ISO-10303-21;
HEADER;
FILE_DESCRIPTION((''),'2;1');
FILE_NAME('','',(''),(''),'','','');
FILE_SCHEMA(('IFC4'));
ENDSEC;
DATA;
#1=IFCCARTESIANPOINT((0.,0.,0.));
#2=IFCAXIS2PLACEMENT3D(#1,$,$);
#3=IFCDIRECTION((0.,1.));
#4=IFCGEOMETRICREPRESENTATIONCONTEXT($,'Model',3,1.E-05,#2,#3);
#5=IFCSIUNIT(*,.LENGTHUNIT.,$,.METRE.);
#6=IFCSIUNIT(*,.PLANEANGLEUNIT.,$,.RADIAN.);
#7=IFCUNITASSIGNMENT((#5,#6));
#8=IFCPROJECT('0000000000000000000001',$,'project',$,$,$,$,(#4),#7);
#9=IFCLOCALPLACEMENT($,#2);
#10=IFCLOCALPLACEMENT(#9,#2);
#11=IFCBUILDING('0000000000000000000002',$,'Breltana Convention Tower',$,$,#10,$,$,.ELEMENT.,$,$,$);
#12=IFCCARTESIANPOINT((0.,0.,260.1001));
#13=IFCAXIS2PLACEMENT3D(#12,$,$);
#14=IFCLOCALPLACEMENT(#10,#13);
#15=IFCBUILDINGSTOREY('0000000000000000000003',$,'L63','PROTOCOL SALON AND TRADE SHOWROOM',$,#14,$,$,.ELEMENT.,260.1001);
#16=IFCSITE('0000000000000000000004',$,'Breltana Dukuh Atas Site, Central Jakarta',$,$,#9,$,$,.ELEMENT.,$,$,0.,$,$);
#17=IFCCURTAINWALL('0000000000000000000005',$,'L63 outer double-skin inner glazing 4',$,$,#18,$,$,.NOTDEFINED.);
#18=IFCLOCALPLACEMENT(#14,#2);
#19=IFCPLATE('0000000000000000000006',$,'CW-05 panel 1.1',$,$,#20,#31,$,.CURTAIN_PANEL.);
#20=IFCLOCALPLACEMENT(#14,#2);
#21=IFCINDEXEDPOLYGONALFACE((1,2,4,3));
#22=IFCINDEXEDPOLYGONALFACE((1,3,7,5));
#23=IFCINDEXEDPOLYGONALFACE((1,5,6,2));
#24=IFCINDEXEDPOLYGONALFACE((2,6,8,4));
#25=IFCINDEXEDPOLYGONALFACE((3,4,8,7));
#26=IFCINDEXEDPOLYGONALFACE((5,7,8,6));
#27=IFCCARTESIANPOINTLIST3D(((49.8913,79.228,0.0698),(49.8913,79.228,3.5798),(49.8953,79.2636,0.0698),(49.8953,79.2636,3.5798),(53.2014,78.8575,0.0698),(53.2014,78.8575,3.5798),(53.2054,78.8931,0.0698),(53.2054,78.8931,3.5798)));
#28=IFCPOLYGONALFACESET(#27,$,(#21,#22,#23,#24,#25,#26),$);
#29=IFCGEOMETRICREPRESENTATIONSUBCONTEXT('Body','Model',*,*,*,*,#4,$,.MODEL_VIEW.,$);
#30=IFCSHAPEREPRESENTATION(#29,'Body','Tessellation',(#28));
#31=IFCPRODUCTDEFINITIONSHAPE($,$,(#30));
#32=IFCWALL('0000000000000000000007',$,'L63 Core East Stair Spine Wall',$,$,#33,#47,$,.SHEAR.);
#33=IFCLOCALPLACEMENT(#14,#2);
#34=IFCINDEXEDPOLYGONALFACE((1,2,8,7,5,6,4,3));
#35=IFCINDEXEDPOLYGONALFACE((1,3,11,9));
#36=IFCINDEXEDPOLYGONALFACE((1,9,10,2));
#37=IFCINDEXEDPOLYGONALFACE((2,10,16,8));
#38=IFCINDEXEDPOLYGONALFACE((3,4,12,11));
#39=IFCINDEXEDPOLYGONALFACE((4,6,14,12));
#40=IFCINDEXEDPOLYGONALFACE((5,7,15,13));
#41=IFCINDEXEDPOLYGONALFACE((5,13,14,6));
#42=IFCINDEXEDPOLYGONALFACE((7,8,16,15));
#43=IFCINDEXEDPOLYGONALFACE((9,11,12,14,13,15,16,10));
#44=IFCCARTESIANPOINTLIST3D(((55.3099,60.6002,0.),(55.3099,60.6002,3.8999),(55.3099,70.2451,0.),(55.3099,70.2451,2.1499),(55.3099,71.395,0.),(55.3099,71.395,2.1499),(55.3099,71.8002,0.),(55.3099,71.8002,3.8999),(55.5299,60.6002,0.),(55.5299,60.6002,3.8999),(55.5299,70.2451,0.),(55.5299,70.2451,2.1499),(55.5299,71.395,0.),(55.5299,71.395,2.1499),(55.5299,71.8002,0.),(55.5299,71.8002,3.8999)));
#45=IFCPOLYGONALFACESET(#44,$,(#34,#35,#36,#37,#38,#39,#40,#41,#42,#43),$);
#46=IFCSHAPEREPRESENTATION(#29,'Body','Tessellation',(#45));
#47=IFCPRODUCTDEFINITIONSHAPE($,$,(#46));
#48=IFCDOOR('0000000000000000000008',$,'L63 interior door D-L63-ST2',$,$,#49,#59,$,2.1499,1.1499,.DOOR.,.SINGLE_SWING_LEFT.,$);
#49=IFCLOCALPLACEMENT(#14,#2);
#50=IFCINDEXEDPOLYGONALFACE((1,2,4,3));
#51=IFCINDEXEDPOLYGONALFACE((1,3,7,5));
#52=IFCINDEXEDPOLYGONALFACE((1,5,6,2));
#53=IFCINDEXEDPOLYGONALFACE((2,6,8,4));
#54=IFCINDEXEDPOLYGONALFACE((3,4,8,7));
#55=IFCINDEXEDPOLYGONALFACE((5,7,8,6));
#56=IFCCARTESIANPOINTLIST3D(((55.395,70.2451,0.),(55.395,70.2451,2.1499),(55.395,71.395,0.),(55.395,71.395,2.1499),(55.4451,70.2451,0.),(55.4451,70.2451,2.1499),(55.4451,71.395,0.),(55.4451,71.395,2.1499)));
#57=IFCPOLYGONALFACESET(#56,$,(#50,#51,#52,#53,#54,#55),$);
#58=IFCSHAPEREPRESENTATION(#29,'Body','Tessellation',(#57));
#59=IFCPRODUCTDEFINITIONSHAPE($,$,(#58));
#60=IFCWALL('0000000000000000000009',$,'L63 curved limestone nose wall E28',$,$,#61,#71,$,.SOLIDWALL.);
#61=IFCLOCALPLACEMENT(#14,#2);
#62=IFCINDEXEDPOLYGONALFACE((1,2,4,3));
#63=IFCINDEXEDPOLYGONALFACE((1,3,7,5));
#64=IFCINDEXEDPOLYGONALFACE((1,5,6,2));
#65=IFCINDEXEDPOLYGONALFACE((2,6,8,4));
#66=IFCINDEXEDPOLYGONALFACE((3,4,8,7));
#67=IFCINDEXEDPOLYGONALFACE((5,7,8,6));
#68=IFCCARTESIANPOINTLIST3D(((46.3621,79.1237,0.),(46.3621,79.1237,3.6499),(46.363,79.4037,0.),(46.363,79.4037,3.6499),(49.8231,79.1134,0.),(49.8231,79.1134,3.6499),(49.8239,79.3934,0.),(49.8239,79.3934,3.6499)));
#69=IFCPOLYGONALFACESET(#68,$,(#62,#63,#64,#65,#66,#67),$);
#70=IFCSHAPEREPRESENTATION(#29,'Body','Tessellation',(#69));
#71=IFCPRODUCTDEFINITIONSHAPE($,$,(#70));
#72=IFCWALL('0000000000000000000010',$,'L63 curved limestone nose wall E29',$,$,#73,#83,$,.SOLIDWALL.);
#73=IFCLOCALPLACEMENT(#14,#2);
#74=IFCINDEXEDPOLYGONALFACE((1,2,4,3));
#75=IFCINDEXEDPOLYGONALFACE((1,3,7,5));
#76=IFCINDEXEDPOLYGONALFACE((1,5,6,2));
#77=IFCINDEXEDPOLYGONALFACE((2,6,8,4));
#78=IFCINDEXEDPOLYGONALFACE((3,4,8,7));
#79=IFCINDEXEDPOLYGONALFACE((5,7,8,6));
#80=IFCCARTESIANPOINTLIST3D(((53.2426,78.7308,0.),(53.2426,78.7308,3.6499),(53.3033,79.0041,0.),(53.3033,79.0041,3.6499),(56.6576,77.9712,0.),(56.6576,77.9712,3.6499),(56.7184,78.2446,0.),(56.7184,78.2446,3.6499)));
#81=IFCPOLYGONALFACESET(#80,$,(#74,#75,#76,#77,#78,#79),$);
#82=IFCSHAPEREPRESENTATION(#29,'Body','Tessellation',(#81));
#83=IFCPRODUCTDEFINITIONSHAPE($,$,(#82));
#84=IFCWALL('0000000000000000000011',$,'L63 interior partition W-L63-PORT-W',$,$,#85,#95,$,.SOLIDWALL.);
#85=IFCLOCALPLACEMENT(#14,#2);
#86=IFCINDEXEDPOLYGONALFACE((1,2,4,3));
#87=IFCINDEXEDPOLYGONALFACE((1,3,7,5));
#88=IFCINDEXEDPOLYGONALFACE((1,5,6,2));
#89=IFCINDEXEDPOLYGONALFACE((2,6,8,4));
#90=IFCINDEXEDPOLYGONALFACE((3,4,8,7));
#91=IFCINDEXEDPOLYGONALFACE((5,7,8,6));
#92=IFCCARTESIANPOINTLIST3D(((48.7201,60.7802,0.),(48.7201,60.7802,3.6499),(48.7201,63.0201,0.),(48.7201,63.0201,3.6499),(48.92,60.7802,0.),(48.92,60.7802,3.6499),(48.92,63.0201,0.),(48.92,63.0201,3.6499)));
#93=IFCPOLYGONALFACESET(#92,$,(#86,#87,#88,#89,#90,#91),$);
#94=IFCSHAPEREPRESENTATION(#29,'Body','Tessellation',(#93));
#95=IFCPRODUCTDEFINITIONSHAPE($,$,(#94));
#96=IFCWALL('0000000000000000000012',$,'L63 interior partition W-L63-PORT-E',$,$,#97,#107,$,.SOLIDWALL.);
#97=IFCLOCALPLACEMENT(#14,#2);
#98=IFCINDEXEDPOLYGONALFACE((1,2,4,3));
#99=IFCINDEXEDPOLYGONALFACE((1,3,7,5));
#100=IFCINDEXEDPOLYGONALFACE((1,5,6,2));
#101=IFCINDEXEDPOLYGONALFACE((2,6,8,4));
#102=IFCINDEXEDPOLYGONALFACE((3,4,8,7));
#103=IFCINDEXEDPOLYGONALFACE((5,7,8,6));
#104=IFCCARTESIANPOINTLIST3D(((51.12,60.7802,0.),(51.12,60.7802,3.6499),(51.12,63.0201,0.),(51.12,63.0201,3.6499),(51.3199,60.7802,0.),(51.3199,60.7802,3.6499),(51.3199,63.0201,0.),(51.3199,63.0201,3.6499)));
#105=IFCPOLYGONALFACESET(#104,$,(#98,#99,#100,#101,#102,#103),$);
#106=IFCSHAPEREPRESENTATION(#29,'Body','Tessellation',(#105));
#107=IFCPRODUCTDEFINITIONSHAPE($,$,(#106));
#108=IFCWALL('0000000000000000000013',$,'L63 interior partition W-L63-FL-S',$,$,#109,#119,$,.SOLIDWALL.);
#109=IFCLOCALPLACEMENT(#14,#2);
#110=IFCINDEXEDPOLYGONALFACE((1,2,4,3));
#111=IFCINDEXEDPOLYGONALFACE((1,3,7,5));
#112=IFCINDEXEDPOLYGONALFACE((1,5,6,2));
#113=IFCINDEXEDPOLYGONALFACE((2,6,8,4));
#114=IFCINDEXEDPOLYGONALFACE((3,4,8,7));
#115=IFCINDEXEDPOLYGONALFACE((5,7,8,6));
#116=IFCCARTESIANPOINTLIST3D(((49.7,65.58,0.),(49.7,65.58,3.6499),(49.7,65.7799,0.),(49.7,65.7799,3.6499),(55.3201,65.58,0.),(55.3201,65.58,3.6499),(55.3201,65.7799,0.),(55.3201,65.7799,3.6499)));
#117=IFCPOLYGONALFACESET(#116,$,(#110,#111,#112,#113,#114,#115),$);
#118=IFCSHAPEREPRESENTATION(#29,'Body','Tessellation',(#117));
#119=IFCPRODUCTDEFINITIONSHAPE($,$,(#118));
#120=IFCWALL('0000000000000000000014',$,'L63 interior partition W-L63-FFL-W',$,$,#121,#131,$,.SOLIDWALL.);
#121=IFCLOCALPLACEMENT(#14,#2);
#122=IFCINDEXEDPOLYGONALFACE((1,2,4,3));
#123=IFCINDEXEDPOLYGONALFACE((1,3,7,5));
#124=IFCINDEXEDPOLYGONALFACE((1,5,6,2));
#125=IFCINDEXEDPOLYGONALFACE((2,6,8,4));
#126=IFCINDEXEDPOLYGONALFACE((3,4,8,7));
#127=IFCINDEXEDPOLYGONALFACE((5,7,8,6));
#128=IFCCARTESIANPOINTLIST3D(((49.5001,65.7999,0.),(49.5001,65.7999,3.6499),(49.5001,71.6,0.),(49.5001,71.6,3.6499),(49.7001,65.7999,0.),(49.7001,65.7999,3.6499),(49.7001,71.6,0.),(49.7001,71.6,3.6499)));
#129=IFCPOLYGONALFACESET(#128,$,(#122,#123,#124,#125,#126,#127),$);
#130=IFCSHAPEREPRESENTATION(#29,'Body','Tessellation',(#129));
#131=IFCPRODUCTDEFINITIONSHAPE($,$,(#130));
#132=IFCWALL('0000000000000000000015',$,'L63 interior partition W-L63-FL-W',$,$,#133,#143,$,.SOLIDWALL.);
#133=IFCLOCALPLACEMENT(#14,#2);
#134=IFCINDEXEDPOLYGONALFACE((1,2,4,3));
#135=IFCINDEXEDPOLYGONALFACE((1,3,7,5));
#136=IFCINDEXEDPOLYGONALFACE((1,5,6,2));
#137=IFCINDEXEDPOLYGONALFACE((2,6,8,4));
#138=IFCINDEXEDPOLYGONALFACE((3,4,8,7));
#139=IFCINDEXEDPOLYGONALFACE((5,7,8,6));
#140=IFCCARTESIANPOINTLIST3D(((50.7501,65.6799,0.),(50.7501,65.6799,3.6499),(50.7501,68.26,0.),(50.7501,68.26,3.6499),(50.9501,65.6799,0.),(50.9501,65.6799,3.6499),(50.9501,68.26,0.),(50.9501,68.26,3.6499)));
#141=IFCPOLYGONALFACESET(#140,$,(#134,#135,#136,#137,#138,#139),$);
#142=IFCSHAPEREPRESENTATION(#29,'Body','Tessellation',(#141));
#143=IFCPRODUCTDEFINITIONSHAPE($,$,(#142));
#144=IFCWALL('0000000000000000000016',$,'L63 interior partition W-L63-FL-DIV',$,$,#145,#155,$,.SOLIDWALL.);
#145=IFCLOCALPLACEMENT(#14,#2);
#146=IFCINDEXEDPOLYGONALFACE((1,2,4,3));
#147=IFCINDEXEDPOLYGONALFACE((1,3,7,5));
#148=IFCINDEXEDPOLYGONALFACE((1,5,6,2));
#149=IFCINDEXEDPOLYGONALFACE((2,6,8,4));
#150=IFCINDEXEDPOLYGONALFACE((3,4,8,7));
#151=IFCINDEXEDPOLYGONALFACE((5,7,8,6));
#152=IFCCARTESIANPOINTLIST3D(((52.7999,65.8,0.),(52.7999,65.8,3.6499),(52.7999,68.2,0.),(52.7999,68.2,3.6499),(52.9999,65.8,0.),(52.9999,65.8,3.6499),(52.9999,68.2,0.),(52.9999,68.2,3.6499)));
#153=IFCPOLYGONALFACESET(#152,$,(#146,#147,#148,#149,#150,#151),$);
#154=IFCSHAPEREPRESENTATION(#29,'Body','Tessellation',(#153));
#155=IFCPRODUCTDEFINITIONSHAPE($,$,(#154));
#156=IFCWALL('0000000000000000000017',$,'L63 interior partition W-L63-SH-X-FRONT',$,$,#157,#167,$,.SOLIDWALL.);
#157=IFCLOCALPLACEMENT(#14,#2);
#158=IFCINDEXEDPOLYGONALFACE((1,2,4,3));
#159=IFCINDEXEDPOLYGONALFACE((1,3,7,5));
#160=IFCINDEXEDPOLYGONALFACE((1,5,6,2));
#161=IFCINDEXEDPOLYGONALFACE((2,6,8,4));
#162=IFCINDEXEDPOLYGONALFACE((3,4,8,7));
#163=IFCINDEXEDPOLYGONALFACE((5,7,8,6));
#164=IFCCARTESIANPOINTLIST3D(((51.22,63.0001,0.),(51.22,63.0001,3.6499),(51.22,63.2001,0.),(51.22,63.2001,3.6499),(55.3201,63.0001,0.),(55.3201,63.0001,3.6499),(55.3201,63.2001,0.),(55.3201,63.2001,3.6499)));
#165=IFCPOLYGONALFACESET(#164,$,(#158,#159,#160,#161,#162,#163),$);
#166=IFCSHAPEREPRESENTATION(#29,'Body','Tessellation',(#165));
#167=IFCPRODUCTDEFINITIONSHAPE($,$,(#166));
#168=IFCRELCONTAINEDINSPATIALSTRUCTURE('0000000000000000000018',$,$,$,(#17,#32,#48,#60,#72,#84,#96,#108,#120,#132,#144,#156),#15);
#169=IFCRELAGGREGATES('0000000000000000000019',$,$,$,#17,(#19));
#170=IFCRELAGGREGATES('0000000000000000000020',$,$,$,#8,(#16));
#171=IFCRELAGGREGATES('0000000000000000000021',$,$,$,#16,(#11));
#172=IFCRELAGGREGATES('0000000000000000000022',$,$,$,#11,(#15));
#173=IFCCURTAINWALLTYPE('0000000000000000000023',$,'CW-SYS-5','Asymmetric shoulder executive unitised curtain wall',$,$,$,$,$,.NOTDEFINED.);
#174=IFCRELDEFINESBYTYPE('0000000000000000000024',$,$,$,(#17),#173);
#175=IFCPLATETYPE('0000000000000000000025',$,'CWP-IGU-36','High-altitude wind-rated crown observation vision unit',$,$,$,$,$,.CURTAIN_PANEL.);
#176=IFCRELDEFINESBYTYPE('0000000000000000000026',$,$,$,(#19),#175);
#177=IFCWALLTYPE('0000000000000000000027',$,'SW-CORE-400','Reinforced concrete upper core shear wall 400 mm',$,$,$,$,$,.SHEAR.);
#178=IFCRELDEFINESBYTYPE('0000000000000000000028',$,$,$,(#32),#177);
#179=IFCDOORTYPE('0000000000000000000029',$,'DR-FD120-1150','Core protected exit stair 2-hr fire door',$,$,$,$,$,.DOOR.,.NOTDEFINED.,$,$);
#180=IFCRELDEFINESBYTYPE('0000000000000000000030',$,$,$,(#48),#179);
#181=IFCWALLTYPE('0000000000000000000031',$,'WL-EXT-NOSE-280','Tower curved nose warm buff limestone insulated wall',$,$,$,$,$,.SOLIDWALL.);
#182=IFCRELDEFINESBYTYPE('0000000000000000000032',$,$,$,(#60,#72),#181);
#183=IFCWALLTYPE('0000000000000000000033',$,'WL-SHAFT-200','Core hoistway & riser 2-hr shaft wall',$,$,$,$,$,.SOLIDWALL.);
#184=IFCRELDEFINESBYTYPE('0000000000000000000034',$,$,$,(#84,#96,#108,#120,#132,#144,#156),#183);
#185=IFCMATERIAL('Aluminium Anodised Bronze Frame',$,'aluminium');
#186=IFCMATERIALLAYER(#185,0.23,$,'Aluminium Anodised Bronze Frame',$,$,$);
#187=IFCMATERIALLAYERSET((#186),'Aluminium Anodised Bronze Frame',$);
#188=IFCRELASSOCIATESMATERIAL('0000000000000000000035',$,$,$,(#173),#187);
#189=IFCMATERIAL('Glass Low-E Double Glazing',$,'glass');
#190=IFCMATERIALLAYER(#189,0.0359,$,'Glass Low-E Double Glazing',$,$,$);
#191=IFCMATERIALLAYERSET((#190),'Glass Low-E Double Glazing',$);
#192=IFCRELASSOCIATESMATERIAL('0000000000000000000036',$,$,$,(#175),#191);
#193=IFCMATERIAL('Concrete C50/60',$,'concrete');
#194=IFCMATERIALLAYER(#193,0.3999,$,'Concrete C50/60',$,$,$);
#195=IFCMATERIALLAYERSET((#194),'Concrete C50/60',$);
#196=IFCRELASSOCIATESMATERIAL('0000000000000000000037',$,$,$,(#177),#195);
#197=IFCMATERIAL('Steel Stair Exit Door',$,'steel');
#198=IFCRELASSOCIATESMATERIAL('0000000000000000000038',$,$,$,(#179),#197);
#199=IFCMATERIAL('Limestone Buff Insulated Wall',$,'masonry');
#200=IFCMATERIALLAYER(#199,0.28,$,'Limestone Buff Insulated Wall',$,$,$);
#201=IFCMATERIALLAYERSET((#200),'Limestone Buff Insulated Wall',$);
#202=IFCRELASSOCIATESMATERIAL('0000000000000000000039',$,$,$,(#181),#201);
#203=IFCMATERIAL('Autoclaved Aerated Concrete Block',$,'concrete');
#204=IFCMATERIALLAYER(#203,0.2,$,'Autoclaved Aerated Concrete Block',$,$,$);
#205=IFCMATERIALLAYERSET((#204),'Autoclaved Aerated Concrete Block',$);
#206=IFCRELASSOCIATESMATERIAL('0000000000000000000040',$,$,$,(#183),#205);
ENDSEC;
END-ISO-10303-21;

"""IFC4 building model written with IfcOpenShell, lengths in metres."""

from ifc_helpers import new_model, si_unit, direction, frame, frame_2d, origin, origin_2d, place, context, subcontext, project, spatial, rectangle, extrude, source, transform, mapped, material, layer, layer_set, type_object, type_shapes, element, fill, aggregate, save


model = new_model("IFC4")

# Units and contexts
model_context = context("Model", 3, precision=1e-05, world=origin(), true_north=direction((0.0, 1.0)))
body_context = subcontext(model_context, "Body", "Model", "MODEL_VIEW")
ifc_project = project(units=[si_unit("LENGTHUNIT", "METRE"), si_unit("PLANEANGLEUNIT", "RADIAN")], contexts=[model_context])

# Site, building, storey
site_placement = place(None, origin())
site = spatial("IfcSite", under=ifc_project, at=site_placement, Name="Breltana Dukuh Atas Site, Central Jakarta", CompositionType="ELEMENT", RefElevation=0.0)
building_placement = place(site_placement, origin())
building = spatial("IfcBuilding", under=site, at=building_placement, Name="Breltana Convention Tower", CompositionType="ELEMENT")
storey_placement = place(building_placement, frame((0.0, 0.0, 260.1001)))
storey = spatial("IfcBuildingStorey", under=building, at=storey_placement, Name="L63", Description="PROTOCOL SALON AND TRADE SHOWROOM", CompositionType="ELEMENT", Elevation=260.1001)

# Shared definitions
ifc_material_1 = material(Name="Concrete C50/60", Category="concrete")

# Curtain wall, plate
ifc_material_2 = material(Name="Aluminium Anodised Bronze Frame", Category="aluminium")
ifc_layer_1 = layer(ifc_material_2, 0.23, Name="Aluminium Anodised Bronze Frame")
ifc_layer_set_1 = layer_set([ifc_layer_1], Name="Aluminium Anodised Bronze Frame")
curtain_wall_type = type_object("IfcCurtainWallType", Name="CW-SYS-5", Description="Asymmetric shoulder executive unitised curtain wall", PredefinedType="NOTDEFINED", material=ifc_layer_set_1)
curtain_wall_placement = place(storey_placement, origin())
curtain_wall = element("IfcCurtainWall", 1, at=curtain_wall_placement, inside=storey, type_object=curtain_wall_type, Name="L63 outer double-skin inner glazing 4", PredefinedType="NOTDEFINED")
ifc_material_3 = material(Name="Glass Low-E Double Glazing", Category="glass")
ifc_layer_2 = layer(ifc_material_3, 0.0359, Name="Glass Low-E Double Glazing")
ifc_layer_set_2 = layer_set([ifc_layer_2], Name="Glass Low-E Double Glazing")
plate_type = type_object("IfcPlateType", Name="CWP-IGU-36", Description="High-altitude wind-rated crown observation vision unit", PredefinedType="CURTAIN_PANEL", material=ifc_layer_set_2)
shared_shape_1 = source(origin(), body_context, "Body", "SweptSolid", [
    extrude(rectangle(XDim=3.3308, YDim=0.0359, at=origin_2d()), origin(), (0.0, 0.0, 1.0), 3.51),
])
plate_placement = place(storey_placement, frame((51.5483, 79.0605, 0.0698), z_axis=(0.0, 0.0, 1.0), x_axis=(0.993793, -0.111241, 0.0)))
plate = element("IfcPlate", 2, at=plate_placement, type_object=plate_type, Name="CW-05 panel 1.1", PredefinedType="CURTAIN_PANEL", context=body_context, shape_type="MappedRepresentation", body=[
    mapped(shared_shape_1, transform((0.0, 0.0, 0.0), scale=1.0)),
])
aggregate(curtain_wall, [plate])

# Wall, opening, door
ifc_layer_3 = layer(ifc_material_1, 0.3999, Name="Concrete C50/60")
ifc_layer_set_3 = layer_set([ifc_layer_3], Name="Concrete C50/60")
wall_type_1 = type_object("IfcWallType", Name="SW-CORE-400", Description="Reinforced concrete upper core shear wall 400 mm", PredefinedType="SHEAR", material=ifc_layer_set_3)
shared_shape_2 = source(origin(), body_context, "Body", "SweptSolid", [
    extrude(rectangle(XDim=11.2, YDim=0.22, at=frame_2d((5.6001, 0.0))), origin(), (0.0, 0.0, 1.0), 3.8999),
])
wall_1_placement = place(storey_placement, frame((55.4199, 60.6001, 0.0), z_axis=(0.0, 0.0, 1.0), x_axis=(0.0, 1.0, 0.0)))
wall_1 = element("IfcWall", 3, at=wall_1_placement, inside=storey, type_object=wall_type_1, Name="L63 Core East Stair Spine Wall", PredefinedType="SHEAR", context=body_context, shape_type="MappedRepresentation", body=[
    mapped(shared_shape_2, transform((0.0, 0.0, 0.0), scale=1.0)),
])
opening_1_placement = place(wall_1_placement, frame((9.645, 0.0, 0.0)))
opening_1 = element("IfcOpeningElement", 4, at=opening_1_placement, cuts=wall_1, PredefinedType="OPENING", context=body_context, shape_type="SweptSolid", body=[
    extrude(rectangle(XDim=1.1499, YDim=2.1499, at=frame_2d((0.575, 1.075))), frame((0.0, 0.1201, 0.0), z_axis=(0.0, -1.0, 0.0), x_axis=(1.0, 0.0, 0.0)), (0.0, 0.0, 1.0), 0.24),
])
ifc_material_4 = material(Name="Steel Stair Exit Door", Category="steel")
door_type_1 = type_object("IfcDoorType", Name="DR-FD120-1150", Description="Core protected exit stair 2-hr fire door", OperationType="NOTDEFINED", PredefinedType="DOOR", material=ifc_material_4)
shared_shape_3 = source(origin(), body_context, "Body", "SweptSolid", [
    extrude(rectangle(XDim=1.1499, YDim=2.1499, at=frame_2d((0.575, 1.075))), frame((0.0, 0.0249, 0.0), z_axis=(0.0, -1.0, 0.0), x_axis=(1.0, 0.0, 0.0)), (0.0, 0.0, 1.0), 0.05),
])
type_shapes(door_type_1, [shared_shape_3])
door_1_placement = place(opening_1_placement, origin())
door_1 = element("IfcDoor", 5, at=door_1_placement, inside=storey, type_object=door_type_1, Name="L63 interior door D-L63-ST2", OperationType="SINGLE_SWING_LEFT", OverallHeight=2.1499, OverallWidth=1.1499, PredefinedType="DOOR", context=body_context, shape_type="MappedRepresentation", body=[
    mapped(shared_shape_3, transform((0.0, 0.0, 0.0), scale=1.0)),
])
fill(opening_1, door_1)

# Walls
ifc_material_5 = material(Name="Limestone Buff Insulated Wall", Category="masonry")
ifc_layer_4 = layer(ifc_material_5, 0.28, Name="Limestone Buff Insulated Wall")
ifc_layer_set_4 = layer_set([ifc_layer_4], Name="Limestone Buff Insulated Wall")
wall_type_2 = type_object("IfcWallType", Name="WL-EXT-NOSE-280", Description="Tower curved nose warm buff limestone insulated wall", PredefinedType="SOLIDWALL", material=ifc_layer_set_4)
shared_shape_4 = source(origin(), body_context, "Body", "SweptSolid", [
    extrude(rectangle(XDim=3.4609, YDim=0.28, at=frame_2d((1.7305, 0.0))), origin(), (0.0, 0.0, 1.0), 3.6499),
])
wall_2_placement = place(storey_placement, frame((46.3625, 79.2637, 0.0), z_axis=(0.0, 0.0, 1.0), x_axis=(0.999996, -0.002963, 0.0)))
element("IfcWall", 6, at=wall_2_placement, inside=storey, type_object=wall_type_2, Name="L63 curved limestone nose wall E28", PredefinedType="SOLIDWALL", context=body_context, shape_type="MappedRepresentation", body=[
    mapped(shared_shape_4, transform((0.0, 0.0, 0.0), scale=1.0)),
])
shared_shape_5 = source(origin(), body_context, "Body", "SweptSolid", [
    extrude(rectangle(XDim=3.4985, YDim=0.28, at=frame_2d((1.7493, 0.0))), origin(), (0.0, 0.0, 1.0), 3.6499),
])
wall_3_placement = place(storey_placement, frame((53.2729, 78.8674, 0.0), z_axis=(0.0, 0.0, 1.0), x_axis=(0.976149, -0.2171, 0.0)))
element("IfcWall", 7, at=wall_3_placement, inside=storey, type_object=wall_type_2, Name="L63 curved limestone nose wall E29", PredefinedType="SOLIDWALL", context=body_context, shape_type="MappedRepresentation", body=[
    mapped(shared_shape_5, transform((0.0, 0.0, 0.0), scale=1.0)),
])
ifc_material_6 = material(Name="Autoclaved Aerated Concrete Block", Category="concrete")
ifc_layer_5 = layer(ifc_material_6, 0.2, Name="Autoclaved Aerated Concrete Block")
ifc_layer_set_5 = layer_set([ifc_layer_5], Name="Autoclaved Aerated Concrete Block")
wall_type_3 = type_object("IfcWallType", Name="WL-SHAFT-200", Description="Core hoistway & riser 2-hr shaft wall", PredefinedType="SOLIDWALL", material=ifc_layer_set_5)
shared_shape_6 = source(origin(), body_context, "Body", "SweptSolid", [
    extrude(rectangle(XDim=2.24, YDim=0.2, at=frame_2d((1.1201, 0.0))), origin(), (0.0, 0.0, 1.0), 3.6499),
])
for number, where, z_axis, x_axis, name in (
    (8, (48.8201, 60.78, 0.0), (0.0, 0.0, 1.0), (0.0, 1.0, 0.0), "L63 interior partition W-L63-PORT-W"),
    (9, (51.22, 60.78, 0.0), (0.0, 0.0, 1.0), (0.0, 1.0, 0.0), "L63 interior partition W-L63-PORT-E"),
):
    element("IfcWall", number, at=place(storey_placement, frame(where, z_axis=z_axis, x_axis=x_axis)), inside=storey, type_object=wall_type_3, Name=name, PredefinedType="SOLIDWALL", context=body_context, shape_type="MappedRepresentation", body=[
        mapped(shared_shape_6, transform((0.0, 0.0, 0.0), scale=1.0)),
    ])

# Shared definitions
shared_shape_7 = source(origin(), body_context, "Body", "SweptSolid", [
    extrude(rectangle(XDim=5.6201, YDim=0.2, at=frame_2d((2.8101, 0.0))), origin(), (0.0, 0.0, 1.0), 3.6499),
])

# Walls
wall_4_placement = place(storey_placement, frame((49.7, 65.6799, 0.0), z_axis=(0.0, 0.0, 1.0), x_axis=(1.0, 0.0, 0.0)))
element("IfcWall", 10, at=wall_4_placement, inside=storey, type_object=wall_type_3, Name="L63 interior partition W-L63-FL-S", PredefinedType="SOLIDWALL", context=body_context, shape_type="MappedRepresentation", body=[
    mapped(shared_shape_7, transform((0.0, 0.0, 0.0), scale=1.0)),
])
shared_shape_8 = source(origin(), body_context, "Body", "SweptSolid", [
    extrude(rectangle(XDim=5.8, YDim=0.2, at=frame_2d((2.8999, 0.0))), origin(), (0.0, 0.0, 1.0), 3.6499),
])
wall_5_placement = place(storey_placement, frame((49.6001, 65.8, 0.0), z_axis=(0.0, 0.0, 1.0), x_axis=(0.0, 1.0, 0.0)))
element("IfcWall", 11, at=wall_5_placement, inside=storey, type_object=wall_type_3, Name="L63 interior partition W-L63-FFL-W", PredefinedType="SOLIDWALL", context=body_context, shape_type="MappedRepresentation", body=[
    mapped(shared_shape_8, transform((0.0, 0.0, 0.0), scale=1.0)),
])
shared_shape_9 = source(origin(), body_context, "Body", "SweptSolid", [
    extrude(rectangle(XDim=2.5801, YDim=0.2, at=frame_2d((1.29, 0.0))), origin(), (0.0, 0.0, 1.0), 3.6499),
])
wall_6_placement = place(storey_placement, frame((50.8501, 65.6799, 0.0), z_axis=(0.0, 0.0, 1.0), x_axis=(0.0, 1.0, 0.0)))
element("IfcWall", 12, at=wall_6_placement, inside=storey, type_object=wall_type_3, Name="L63 interior partition W-L63-FL-W", PredefinedType="SOLIDWALL", context=body_context, shape_type="MappedRepresentation", body=[
    mapped(shared_shape_9, transform((0.0, 0.0, 0.0), scale=1.0)),
])
shared_shape_10 = source(origin(), body_context, "Body", "SweptSolid", [
    extrude(rectangle(XDim=2.3999, YDim=0.2, at=frame_2d((1.2, 0.0))), origin(), (0.0, 0.0, 1.0), 3.6499),
])
wall_7_placement = place(storey_placement, frame((52.8999, 65.8, 0.0), z_axis=(0.0, 0.0, 1.0), x_axis=(0.0, 1.0, 0.0)))
element("IfcWall", 13, at=wall_7_placement, inside=storey, type_object=wall_type_3, Name="L63 interior partition W-L63-FL-DIV", PredefinedType="SOLIDWALL", context=body_context, shape_type="MappedRepresentation", body=[
    mapped(shared_shape_10, transform((0.0, 0.0, 0.0), scale=1.0)),
])
shared_shape_11 = source(origin(), body_context, "Body", "SweptSolid", [
    extrude(rectangle(XDim=4.1001, YDim=0.2, at=frame_2d((2.05, 0.0))), origin(), (0.0, 0.0, 1.0), 3.6499),
])
wall_8_placement = place(storey_placement, frame((51.22, 63.1001, 0.0), z_axis=(0.0, 0.0, 1.0), x_axis=(1.0, 0.0, 0.0)))
element("IfcWall", 14, at=wall_8_placement, inside=storey, type_object=wall_type_3, Name="L63 interior partition W-L63-SH-X-FRONT", PredefinedType="SOLIDWALL", context=body_context, shape_type="MappedRepresentation", body=[
    mapped(shared_shape_11, transform((0.0, 0.0, 0.0), scale=1.0)),
])

save(model, "model.ifc")
